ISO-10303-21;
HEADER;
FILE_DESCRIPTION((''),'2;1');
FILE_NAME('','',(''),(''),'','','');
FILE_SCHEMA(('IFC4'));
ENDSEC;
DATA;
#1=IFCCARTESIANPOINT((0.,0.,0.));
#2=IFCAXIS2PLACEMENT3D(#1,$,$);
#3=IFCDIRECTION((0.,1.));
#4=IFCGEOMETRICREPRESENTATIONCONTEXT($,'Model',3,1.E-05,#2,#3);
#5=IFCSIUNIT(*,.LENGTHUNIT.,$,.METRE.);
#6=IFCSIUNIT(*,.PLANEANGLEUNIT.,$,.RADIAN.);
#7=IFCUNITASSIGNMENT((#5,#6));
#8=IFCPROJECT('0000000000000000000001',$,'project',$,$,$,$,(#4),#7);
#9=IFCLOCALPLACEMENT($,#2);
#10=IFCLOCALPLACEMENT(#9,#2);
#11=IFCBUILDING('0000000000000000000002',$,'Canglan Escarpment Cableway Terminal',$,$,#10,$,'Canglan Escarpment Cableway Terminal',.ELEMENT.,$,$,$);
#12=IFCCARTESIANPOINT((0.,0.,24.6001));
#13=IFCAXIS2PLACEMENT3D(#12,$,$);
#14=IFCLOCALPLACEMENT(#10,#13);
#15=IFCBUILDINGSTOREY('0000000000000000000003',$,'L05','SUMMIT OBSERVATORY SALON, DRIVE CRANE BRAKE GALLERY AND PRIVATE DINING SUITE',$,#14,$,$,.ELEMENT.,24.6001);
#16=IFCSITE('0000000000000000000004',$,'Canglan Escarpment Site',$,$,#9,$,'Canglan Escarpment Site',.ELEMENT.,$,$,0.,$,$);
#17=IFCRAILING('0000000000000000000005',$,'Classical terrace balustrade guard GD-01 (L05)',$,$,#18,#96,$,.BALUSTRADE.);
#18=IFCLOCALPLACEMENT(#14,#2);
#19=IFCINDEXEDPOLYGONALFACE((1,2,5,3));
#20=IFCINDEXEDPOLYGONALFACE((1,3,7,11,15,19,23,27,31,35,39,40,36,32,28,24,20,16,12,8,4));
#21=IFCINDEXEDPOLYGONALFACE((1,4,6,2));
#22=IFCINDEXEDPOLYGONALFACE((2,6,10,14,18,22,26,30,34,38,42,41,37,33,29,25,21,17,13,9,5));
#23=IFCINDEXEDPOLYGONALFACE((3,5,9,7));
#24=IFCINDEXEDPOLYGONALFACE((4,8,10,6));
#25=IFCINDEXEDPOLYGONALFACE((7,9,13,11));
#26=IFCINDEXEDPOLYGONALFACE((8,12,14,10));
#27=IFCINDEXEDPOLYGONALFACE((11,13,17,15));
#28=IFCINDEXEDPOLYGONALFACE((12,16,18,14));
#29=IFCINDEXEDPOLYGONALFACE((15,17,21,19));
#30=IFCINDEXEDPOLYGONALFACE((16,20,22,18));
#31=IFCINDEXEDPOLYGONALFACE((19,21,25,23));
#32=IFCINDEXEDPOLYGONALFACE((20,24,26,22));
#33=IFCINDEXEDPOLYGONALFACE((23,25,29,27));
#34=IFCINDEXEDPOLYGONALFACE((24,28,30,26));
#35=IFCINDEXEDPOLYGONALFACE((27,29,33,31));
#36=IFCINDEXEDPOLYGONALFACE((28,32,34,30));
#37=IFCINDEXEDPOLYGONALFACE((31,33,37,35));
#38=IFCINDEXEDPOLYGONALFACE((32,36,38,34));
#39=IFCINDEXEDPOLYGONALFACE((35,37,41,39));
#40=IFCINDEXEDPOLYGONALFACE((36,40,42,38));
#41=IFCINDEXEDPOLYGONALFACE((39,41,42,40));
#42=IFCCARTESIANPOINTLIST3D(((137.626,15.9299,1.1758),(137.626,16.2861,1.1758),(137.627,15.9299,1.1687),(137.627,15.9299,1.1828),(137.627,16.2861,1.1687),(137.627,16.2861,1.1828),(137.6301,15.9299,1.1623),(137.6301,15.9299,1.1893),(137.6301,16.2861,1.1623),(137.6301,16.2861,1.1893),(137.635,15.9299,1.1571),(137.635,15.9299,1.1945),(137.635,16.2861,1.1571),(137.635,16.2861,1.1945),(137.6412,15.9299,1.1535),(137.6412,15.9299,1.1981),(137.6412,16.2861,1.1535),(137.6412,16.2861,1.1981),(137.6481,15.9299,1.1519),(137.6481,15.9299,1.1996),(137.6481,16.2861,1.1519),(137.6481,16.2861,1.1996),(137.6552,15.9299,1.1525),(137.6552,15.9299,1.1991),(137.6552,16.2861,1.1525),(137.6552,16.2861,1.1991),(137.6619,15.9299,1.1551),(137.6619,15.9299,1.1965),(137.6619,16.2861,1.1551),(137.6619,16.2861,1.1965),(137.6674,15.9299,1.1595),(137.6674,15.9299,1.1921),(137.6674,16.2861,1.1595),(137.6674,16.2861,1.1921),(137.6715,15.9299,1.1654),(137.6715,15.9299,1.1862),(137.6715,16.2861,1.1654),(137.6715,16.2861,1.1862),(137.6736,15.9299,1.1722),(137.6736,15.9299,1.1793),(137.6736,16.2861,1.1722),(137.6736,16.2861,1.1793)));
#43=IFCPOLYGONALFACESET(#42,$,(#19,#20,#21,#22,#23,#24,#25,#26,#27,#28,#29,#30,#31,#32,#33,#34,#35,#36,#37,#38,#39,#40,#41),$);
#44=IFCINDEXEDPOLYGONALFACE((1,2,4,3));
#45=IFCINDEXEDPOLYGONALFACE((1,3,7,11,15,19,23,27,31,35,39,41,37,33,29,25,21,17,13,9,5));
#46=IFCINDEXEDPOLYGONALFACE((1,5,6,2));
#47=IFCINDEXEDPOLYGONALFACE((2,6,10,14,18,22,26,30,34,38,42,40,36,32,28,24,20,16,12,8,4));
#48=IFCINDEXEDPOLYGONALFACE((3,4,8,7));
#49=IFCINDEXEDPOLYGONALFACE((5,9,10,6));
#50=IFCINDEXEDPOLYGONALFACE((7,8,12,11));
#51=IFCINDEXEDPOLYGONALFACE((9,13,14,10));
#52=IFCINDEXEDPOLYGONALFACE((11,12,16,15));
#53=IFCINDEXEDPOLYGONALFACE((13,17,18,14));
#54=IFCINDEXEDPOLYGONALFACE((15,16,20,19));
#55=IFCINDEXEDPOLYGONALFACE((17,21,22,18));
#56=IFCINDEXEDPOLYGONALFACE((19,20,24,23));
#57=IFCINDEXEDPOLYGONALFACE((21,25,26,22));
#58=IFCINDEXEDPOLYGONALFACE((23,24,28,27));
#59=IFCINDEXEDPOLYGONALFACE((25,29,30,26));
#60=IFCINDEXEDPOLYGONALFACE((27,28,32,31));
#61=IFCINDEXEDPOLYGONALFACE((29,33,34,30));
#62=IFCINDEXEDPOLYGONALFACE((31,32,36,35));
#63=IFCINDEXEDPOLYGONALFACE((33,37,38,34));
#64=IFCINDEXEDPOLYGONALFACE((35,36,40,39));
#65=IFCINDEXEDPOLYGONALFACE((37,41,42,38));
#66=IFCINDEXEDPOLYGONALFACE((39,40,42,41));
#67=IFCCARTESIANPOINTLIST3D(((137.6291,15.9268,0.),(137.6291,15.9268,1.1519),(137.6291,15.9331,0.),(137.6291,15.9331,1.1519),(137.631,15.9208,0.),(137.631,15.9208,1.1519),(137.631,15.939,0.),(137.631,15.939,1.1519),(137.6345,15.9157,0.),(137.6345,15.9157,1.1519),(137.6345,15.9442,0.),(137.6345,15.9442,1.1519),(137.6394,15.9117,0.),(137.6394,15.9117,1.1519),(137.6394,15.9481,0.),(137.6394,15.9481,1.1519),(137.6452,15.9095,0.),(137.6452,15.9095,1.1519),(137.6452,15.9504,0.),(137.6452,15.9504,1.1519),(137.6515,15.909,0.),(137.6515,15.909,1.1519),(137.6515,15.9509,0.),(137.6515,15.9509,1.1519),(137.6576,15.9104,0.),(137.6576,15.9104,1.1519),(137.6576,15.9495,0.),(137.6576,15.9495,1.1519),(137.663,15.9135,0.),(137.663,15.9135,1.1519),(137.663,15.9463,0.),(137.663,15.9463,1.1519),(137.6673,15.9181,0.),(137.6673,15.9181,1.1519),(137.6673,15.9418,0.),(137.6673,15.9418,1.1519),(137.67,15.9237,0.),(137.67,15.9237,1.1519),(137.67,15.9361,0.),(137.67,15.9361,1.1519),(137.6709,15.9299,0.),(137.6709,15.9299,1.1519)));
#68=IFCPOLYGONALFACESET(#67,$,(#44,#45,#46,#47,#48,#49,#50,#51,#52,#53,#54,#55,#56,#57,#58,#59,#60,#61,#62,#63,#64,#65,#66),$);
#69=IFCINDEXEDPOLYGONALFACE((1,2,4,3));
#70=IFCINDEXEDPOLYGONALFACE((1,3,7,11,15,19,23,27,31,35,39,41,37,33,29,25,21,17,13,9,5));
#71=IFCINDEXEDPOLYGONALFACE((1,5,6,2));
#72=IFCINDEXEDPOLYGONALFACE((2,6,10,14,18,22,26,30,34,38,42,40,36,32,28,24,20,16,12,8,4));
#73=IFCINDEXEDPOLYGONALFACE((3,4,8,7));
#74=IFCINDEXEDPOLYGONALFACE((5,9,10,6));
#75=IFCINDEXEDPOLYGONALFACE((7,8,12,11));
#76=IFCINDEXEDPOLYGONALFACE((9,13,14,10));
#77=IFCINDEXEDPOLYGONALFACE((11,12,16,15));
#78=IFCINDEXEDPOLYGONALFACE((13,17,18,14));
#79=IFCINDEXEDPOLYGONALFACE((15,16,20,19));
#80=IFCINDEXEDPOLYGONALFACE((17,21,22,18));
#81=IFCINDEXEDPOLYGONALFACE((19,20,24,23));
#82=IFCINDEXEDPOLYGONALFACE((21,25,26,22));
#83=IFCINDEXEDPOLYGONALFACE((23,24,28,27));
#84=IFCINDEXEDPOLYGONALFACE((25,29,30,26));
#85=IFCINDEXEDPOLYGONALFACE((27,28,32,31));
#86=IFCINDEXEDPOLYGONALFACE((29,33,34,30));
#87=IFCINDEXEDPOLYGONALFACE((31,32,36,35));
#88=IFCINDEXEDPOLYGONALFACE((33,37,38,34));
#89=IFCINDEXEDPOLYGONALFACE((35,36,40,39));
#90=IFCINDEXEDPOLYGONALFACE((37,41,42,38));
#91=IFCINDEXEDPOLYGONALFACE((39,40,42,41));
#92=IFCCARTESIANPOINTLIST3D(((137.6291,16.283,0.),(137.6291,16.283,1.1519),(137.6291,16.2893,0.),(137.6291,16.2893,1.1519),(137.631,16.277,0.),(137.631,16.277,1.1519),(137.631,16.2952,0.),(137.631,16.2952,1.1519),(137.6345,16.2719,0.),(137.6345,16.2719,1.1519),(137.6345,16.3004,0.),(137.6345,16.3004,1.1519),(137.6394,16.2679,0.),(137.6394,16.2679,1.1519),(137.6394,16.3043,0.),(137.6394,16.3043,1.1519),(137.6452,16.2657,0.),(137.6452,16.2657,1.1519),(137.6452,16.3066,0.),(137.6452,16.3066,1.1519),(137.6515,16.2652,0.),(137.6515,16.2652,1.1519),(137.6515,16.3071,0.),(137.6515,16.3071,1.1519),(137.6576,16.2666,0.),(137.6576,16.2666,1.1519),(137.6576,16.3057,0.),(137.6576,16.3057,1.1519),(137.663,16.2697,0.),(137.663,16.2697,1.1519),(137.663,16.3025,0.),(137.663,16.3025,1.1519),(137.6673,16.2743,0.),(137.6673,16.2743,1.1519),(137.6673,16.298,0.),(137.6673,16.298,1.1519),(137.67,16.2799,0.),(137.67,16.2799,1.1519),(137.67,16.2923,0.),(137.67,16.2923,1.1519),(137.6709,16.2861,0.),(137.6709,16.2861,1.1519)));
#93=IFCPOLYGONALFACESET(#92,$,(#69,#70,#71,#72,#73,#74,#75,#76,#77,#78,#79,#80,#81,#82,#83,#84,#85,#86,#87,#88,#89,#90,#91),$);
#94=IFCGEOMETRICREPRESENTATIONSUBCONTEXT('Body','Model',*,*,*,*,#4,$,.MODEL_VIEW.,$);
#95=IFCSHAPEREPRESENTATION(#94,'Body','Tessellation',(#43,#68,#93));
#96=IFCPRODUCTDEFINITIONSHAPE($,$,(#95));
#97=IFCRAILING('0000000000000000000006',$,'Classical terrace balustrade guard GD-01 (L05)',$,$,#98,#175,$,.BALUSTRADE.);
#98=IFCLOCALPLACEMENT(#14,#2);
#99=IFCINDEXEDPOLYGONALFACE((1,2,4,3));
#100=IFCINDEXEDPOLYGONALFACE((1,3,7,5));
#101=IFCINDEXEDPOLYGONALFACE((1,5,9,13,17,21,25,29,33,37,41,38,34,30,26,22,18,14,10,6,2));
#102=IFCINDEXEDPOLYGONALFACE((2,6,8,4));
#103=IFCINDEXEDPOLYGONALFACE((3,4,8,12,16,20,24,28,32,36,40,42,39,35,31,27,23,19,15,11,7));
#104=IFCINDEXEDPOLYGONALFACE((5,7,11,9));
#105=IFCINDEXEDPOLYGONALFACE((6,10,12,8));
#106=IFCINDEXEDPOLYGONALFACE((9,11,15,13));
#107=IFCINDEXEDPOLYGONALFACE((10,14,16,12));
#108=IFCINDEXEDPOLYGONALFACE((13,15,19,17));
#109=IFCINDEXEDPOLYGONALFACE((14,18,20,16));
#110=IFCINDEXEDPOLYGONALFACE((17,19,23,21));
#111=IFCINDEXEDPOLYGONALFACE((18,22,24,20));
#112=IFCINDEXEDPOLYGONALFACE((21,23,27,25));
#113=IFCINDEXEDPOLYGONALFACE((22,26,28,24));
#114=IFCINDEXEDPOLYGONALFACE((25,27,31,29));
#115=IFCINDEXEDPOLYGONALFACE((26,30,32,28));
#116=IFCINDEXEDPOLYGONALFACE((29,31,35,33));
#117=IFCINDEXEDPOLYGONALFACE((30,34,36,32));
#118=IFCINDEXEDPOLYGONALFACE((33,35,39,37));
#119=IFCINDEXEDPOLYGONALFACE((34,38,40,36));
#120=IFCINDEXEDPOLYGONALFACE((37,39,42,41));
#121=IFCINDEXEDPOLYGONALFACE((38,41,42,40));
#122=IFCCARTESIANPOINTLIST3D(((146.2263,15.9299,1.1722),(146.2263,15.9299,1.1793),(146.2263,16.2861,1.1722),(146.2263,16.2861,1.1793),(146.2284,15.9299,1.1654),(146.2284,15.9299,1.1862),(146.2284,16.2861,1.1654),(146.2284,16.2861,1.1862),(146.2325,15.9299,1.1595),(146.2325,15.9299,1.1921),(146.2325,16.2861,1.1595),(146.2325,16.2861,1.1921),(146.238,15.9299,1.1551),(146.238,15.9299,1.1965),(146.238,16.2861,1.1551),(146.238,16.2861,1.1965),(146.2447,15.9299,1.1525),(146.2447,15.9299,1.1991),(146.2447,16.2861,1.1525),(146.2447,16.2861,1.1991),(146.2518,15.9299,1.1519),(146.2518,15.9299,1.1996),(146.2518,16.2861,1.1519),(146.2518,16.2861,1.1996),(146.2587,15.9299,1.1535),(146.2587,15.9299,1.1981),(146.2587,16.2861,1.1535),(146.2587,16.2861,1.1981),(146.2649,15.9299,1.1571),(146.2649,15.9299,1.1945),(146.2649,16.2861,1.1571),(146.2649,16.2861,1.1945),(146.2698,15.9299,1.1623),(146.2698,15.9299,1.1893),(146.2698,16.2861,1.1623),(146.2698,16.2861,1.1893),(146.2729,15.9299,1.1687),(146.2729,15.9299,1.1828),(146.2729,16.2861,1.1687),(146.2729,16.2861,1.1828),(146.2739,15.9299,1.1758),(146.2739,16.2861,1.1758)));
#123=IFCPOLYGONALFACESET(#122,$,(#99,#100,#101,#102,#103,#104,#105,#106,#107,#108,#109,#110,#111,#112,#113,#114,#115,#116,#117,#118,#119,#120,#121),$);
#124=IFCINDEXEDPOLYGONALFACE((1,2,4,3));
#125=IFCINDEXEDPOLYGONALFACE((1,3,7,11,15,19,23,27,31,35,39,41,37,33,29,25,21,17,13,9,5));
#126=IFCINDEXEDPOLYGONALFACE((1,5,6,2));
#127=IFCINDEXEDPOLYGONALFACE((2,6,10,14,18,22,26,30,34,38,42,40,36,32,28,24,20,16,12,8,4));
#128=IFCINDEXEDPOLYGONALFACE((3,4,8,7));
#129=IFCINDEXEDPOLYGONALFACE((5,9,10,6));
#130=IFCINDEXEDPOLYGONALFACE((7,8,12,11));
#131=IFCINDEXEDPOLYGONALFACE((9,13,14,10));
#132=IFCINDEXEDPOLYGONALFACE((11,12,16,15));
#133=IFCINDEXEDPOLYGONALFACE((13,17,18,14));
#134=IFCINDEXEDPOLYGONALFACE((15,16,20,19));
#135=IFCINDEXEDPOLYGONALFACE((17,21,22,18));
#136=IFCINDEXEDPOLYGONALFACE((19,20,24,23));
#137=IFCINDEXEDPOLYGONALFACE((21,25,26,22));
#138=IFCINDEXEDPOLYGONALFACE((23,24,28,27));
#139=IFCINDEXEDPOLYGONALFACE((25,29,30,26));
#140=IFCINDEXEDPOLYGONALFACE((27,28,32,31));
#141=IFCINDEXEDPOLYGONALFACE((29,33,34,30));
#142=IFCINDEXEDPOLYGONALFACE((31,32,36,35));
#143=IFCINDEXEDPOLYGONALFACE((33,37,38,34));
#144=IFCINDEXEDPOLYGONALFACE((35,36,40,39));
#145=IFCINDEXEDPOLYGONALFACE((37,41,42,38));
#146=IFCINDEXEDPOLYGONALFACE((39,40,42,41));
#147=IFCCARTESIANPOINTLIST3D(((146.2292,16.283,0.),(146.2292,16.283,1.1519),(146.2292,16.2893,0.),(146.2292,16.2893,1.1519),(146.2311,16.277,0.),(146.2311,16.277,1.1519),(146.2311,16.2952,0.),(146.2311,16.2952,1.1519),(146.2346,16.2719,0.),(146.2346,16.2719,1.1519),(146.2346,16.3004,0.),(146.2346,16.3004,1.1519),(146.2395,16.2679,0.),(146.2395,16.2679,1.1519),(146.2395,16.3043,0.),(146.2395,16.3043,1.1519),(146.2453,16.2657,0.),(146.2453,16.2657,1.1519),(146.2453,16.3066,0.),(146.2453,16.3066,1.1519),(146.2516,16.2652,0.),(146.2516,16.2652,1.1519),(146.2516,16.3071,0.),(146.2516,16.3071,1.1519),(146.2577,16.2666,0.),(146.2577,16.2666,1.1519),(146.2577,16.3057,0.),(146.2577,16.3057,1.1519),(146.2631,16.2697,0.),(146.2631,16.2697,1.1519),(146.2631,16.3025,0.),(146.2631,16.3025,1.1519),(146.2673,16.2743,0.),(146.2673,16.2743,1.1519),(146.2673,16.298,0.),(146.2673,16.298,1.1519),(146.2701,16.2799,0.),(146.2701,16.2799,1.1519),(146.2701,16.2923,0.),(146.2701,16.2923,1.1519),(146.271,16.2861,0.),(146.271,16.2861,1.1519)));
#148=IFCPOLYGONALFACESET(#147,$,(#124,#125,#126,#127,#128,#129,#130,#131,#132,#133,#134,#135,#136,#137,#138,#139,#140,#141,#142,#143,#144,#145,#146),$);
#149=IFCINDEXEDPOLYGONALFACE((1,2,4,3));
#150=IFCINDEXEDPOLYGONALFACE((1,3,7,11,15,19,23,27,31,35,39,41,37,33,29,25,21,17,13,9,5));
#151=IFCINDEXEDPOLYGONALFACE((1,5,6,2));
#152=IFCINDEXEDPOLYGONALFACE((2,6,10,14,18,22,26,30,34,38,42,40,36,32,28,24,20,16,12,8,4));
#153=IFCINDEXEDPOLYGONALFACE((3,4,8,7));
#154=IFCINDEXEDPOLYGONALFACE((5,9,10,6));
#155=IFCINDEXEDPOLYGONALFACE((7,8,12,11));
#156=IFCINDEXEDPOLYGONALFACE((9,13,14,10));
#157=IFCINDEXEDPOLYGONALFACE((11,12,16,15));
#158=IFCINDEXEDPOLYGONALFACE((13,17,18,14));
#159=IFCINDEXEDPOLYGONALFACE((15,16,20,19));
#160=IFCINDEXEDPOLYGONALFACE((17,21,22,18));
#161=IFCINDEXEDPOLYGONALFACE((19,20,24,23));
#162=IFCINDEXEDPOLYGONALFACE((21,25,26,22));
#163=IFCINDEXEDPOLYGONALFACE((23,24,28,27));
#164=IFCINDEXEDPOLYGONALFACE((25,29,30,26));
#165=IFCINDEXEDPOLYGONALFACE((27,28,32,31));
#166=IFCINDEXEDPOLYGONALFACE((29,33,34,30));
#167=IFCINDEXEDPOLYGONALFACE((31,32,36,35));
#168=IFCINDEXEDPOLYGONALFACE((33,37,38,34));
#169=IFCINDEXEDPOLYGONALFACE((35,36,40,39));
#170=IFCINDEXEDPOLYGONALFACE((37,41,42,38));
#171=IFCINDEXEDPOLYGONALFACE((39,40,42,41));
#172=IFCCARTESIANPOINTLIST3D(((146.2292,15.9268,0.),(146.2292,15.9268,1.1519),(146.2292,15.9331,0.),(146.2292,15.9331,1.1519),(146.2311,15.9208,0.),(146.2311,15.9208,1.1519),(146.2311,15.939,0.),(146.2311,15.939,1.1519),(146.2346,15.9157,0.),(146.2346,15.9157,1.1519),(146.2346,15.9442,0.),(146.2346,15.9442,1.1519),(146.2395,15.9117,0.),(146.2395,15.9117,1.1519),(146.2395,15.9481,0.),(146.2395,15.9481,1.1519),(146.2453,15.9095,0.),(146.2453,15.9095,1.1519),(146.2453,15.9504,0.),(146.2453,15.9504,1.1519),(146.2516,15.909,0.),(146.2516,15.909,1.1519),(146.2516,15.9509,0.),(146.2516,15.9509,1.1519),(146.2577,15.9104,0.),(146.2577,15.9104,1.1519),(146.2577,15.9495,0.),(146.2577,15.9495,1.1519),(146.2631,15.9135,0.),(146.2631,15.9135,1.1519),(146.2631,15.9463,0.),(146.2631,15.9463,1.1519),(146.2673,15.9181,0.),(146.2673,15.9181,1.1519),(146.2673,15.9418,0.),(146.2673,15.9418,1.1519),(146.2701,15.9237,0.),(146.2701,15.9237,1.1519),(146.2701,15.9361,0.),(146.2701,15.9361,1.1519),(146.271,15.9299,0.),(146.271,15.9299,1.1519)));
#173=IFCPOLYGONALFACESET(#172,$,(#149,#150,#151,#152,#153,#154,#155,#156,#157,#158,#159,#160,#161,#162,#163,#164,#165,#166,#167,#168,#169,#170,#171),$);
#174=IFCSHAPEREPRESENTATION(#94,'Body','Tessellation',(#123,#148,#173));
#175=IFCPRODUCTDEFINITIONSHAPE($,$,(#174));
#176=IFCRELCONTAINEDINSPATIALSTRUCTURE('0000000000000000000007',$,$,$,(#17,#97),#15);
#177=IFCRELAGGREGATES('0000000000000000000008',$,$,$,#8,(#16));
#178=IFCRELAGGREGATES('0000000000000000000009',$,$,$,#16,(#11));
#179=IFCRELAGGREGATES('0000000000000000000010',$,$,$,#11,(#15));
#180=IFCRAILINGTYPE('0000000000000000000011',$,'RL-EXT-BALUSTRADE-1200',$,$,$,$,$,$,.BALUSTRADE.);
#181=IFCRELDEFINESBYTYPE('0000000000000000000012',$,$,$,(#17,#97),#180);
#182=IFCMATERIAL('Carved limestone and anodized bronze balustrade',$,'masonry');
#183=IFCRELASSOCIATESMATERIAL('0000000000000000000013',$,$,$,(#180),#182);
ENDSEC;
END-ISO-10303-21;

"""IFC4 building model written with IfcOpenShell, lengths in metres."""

from ifc_helpers import new_model, si_unit, direction, frame, origin, origin_2d, place, context, subcontext, project, spatial, circle, extrude, material, type_object, element, save


model = new_model("IFC4")

# Units and contexts
model_context = context("Model", 3, precision=1e-05, world=origin(), true_north=direction((0.0, 1.0)))
body_context = subcontext(model_context, "Body", "Model", "MODEL_VIEW")
ifc_project = project(units=[si_unit("LENGTHUNIT", "METRE"), si_unit("PLANEANGLEUNIT", "RADIAN")], contexts=[model_context])

# Site, building, storey
site_placement = place(None, origin())
site = spatial("IfcSite", under=ifc_project, at=site_placement, Name="Canglan Escarpment Site", LongName="Canglan Escarpment Site", CompositionType="ELEMENT", RefElevation=0.0)
building_placement = place(site_placement, origin())
building = spatial("IfcBuilding", under=site, at=building_placement, Name="Canglan Escarpment Cableway Terminal", LongName="Canglan Escarpment Cableway Terminal", CompositionType="ELEMENT")
storey_placement = place(building_placement, frame((0.0, 0.0, 24.6001)))
storey = spatial("IfcBuildingStorey", under=building, at=storey_placement, Name="L05", Description="SUMMIT OBSERVATORY SALON, DRIVE CRANE BRAKE GALLERY AND PRIVATE DINING SUITE", CompositionType="ELEMENT", Elevation=24.6001)

# Railings
ifc_material_1 = material(Name="Carved limestone and anodized bronze balustrade", Category="masonry")
railing_type = type_object("IfcRailingType", Name="RL-EXT-BALUSTRADE-1200", PredefinedType="BALUSTRADE", material=ifc_material_1)
railing_1_placement = place(storey_placement, frame((137.6499, 15.9299, 0.0)))
element("IfcRailing", 1, at=railing_1_placement, inside=storey, type_object=railing_type, Name="Classical terrace balustrade guard GD-01 (L05)", PredefinedType="BALUSTRADE", context=body_context, shape_type="SweptSolid", body=[
    extrude(circle(Radius=0.0239, at=origin_2d()), frame((0.0, 0.0, 1.1758), z_axis=(0.0, 1.0, 0.0), x_axis=(-1.0, 0.0, 0.0)), (0.0, 0.0, 1.0), 0.3562),
    extrude(circle(Radius=0.021, at=origin_2d()), origin(), (0.0, 0.0, 1.0), 1.1519),
    extrude(circle(Radius=0.021, at=origin_2d()), frame((0.0, 0.3562, 0.0)), (0.0, 0.0, 1.0), 1.1519),
])
railing_2_placement = place(storey_placement, frame((146.25, 16.2861, 0.0)))
element("IfcRailing", 2, at=railing_2_placement, inside=storey, type_object=railing_type, Name="Classical terrace balustrade guard GD-01 (L05)", PredefinedType="BALUSTRADE", context=body_context, shape_type="SweptSolid", body=[
    extrude(circle(Radius=0.0239, at=origin_2d()), frame((0.0, 0.0, 1.1758), z_axis=(0.0, -1.0, 0.0), x_axis=(1.0, 0.0, 0.0)), (0.0, 0.0, 1.0), 0.3562),
    extrude(circle(Radius=0.021, at=origin_2d()), origin(), (0.0, 0.0, 1.0), 1.1519),
    extrude(circle(Radius=0.021, at=origin_2d()), frame((0.0, -0.3562, 0.0)), (0.0, 0.0, 1.0), 1.1519),
])

save(model, "model.ifc")
